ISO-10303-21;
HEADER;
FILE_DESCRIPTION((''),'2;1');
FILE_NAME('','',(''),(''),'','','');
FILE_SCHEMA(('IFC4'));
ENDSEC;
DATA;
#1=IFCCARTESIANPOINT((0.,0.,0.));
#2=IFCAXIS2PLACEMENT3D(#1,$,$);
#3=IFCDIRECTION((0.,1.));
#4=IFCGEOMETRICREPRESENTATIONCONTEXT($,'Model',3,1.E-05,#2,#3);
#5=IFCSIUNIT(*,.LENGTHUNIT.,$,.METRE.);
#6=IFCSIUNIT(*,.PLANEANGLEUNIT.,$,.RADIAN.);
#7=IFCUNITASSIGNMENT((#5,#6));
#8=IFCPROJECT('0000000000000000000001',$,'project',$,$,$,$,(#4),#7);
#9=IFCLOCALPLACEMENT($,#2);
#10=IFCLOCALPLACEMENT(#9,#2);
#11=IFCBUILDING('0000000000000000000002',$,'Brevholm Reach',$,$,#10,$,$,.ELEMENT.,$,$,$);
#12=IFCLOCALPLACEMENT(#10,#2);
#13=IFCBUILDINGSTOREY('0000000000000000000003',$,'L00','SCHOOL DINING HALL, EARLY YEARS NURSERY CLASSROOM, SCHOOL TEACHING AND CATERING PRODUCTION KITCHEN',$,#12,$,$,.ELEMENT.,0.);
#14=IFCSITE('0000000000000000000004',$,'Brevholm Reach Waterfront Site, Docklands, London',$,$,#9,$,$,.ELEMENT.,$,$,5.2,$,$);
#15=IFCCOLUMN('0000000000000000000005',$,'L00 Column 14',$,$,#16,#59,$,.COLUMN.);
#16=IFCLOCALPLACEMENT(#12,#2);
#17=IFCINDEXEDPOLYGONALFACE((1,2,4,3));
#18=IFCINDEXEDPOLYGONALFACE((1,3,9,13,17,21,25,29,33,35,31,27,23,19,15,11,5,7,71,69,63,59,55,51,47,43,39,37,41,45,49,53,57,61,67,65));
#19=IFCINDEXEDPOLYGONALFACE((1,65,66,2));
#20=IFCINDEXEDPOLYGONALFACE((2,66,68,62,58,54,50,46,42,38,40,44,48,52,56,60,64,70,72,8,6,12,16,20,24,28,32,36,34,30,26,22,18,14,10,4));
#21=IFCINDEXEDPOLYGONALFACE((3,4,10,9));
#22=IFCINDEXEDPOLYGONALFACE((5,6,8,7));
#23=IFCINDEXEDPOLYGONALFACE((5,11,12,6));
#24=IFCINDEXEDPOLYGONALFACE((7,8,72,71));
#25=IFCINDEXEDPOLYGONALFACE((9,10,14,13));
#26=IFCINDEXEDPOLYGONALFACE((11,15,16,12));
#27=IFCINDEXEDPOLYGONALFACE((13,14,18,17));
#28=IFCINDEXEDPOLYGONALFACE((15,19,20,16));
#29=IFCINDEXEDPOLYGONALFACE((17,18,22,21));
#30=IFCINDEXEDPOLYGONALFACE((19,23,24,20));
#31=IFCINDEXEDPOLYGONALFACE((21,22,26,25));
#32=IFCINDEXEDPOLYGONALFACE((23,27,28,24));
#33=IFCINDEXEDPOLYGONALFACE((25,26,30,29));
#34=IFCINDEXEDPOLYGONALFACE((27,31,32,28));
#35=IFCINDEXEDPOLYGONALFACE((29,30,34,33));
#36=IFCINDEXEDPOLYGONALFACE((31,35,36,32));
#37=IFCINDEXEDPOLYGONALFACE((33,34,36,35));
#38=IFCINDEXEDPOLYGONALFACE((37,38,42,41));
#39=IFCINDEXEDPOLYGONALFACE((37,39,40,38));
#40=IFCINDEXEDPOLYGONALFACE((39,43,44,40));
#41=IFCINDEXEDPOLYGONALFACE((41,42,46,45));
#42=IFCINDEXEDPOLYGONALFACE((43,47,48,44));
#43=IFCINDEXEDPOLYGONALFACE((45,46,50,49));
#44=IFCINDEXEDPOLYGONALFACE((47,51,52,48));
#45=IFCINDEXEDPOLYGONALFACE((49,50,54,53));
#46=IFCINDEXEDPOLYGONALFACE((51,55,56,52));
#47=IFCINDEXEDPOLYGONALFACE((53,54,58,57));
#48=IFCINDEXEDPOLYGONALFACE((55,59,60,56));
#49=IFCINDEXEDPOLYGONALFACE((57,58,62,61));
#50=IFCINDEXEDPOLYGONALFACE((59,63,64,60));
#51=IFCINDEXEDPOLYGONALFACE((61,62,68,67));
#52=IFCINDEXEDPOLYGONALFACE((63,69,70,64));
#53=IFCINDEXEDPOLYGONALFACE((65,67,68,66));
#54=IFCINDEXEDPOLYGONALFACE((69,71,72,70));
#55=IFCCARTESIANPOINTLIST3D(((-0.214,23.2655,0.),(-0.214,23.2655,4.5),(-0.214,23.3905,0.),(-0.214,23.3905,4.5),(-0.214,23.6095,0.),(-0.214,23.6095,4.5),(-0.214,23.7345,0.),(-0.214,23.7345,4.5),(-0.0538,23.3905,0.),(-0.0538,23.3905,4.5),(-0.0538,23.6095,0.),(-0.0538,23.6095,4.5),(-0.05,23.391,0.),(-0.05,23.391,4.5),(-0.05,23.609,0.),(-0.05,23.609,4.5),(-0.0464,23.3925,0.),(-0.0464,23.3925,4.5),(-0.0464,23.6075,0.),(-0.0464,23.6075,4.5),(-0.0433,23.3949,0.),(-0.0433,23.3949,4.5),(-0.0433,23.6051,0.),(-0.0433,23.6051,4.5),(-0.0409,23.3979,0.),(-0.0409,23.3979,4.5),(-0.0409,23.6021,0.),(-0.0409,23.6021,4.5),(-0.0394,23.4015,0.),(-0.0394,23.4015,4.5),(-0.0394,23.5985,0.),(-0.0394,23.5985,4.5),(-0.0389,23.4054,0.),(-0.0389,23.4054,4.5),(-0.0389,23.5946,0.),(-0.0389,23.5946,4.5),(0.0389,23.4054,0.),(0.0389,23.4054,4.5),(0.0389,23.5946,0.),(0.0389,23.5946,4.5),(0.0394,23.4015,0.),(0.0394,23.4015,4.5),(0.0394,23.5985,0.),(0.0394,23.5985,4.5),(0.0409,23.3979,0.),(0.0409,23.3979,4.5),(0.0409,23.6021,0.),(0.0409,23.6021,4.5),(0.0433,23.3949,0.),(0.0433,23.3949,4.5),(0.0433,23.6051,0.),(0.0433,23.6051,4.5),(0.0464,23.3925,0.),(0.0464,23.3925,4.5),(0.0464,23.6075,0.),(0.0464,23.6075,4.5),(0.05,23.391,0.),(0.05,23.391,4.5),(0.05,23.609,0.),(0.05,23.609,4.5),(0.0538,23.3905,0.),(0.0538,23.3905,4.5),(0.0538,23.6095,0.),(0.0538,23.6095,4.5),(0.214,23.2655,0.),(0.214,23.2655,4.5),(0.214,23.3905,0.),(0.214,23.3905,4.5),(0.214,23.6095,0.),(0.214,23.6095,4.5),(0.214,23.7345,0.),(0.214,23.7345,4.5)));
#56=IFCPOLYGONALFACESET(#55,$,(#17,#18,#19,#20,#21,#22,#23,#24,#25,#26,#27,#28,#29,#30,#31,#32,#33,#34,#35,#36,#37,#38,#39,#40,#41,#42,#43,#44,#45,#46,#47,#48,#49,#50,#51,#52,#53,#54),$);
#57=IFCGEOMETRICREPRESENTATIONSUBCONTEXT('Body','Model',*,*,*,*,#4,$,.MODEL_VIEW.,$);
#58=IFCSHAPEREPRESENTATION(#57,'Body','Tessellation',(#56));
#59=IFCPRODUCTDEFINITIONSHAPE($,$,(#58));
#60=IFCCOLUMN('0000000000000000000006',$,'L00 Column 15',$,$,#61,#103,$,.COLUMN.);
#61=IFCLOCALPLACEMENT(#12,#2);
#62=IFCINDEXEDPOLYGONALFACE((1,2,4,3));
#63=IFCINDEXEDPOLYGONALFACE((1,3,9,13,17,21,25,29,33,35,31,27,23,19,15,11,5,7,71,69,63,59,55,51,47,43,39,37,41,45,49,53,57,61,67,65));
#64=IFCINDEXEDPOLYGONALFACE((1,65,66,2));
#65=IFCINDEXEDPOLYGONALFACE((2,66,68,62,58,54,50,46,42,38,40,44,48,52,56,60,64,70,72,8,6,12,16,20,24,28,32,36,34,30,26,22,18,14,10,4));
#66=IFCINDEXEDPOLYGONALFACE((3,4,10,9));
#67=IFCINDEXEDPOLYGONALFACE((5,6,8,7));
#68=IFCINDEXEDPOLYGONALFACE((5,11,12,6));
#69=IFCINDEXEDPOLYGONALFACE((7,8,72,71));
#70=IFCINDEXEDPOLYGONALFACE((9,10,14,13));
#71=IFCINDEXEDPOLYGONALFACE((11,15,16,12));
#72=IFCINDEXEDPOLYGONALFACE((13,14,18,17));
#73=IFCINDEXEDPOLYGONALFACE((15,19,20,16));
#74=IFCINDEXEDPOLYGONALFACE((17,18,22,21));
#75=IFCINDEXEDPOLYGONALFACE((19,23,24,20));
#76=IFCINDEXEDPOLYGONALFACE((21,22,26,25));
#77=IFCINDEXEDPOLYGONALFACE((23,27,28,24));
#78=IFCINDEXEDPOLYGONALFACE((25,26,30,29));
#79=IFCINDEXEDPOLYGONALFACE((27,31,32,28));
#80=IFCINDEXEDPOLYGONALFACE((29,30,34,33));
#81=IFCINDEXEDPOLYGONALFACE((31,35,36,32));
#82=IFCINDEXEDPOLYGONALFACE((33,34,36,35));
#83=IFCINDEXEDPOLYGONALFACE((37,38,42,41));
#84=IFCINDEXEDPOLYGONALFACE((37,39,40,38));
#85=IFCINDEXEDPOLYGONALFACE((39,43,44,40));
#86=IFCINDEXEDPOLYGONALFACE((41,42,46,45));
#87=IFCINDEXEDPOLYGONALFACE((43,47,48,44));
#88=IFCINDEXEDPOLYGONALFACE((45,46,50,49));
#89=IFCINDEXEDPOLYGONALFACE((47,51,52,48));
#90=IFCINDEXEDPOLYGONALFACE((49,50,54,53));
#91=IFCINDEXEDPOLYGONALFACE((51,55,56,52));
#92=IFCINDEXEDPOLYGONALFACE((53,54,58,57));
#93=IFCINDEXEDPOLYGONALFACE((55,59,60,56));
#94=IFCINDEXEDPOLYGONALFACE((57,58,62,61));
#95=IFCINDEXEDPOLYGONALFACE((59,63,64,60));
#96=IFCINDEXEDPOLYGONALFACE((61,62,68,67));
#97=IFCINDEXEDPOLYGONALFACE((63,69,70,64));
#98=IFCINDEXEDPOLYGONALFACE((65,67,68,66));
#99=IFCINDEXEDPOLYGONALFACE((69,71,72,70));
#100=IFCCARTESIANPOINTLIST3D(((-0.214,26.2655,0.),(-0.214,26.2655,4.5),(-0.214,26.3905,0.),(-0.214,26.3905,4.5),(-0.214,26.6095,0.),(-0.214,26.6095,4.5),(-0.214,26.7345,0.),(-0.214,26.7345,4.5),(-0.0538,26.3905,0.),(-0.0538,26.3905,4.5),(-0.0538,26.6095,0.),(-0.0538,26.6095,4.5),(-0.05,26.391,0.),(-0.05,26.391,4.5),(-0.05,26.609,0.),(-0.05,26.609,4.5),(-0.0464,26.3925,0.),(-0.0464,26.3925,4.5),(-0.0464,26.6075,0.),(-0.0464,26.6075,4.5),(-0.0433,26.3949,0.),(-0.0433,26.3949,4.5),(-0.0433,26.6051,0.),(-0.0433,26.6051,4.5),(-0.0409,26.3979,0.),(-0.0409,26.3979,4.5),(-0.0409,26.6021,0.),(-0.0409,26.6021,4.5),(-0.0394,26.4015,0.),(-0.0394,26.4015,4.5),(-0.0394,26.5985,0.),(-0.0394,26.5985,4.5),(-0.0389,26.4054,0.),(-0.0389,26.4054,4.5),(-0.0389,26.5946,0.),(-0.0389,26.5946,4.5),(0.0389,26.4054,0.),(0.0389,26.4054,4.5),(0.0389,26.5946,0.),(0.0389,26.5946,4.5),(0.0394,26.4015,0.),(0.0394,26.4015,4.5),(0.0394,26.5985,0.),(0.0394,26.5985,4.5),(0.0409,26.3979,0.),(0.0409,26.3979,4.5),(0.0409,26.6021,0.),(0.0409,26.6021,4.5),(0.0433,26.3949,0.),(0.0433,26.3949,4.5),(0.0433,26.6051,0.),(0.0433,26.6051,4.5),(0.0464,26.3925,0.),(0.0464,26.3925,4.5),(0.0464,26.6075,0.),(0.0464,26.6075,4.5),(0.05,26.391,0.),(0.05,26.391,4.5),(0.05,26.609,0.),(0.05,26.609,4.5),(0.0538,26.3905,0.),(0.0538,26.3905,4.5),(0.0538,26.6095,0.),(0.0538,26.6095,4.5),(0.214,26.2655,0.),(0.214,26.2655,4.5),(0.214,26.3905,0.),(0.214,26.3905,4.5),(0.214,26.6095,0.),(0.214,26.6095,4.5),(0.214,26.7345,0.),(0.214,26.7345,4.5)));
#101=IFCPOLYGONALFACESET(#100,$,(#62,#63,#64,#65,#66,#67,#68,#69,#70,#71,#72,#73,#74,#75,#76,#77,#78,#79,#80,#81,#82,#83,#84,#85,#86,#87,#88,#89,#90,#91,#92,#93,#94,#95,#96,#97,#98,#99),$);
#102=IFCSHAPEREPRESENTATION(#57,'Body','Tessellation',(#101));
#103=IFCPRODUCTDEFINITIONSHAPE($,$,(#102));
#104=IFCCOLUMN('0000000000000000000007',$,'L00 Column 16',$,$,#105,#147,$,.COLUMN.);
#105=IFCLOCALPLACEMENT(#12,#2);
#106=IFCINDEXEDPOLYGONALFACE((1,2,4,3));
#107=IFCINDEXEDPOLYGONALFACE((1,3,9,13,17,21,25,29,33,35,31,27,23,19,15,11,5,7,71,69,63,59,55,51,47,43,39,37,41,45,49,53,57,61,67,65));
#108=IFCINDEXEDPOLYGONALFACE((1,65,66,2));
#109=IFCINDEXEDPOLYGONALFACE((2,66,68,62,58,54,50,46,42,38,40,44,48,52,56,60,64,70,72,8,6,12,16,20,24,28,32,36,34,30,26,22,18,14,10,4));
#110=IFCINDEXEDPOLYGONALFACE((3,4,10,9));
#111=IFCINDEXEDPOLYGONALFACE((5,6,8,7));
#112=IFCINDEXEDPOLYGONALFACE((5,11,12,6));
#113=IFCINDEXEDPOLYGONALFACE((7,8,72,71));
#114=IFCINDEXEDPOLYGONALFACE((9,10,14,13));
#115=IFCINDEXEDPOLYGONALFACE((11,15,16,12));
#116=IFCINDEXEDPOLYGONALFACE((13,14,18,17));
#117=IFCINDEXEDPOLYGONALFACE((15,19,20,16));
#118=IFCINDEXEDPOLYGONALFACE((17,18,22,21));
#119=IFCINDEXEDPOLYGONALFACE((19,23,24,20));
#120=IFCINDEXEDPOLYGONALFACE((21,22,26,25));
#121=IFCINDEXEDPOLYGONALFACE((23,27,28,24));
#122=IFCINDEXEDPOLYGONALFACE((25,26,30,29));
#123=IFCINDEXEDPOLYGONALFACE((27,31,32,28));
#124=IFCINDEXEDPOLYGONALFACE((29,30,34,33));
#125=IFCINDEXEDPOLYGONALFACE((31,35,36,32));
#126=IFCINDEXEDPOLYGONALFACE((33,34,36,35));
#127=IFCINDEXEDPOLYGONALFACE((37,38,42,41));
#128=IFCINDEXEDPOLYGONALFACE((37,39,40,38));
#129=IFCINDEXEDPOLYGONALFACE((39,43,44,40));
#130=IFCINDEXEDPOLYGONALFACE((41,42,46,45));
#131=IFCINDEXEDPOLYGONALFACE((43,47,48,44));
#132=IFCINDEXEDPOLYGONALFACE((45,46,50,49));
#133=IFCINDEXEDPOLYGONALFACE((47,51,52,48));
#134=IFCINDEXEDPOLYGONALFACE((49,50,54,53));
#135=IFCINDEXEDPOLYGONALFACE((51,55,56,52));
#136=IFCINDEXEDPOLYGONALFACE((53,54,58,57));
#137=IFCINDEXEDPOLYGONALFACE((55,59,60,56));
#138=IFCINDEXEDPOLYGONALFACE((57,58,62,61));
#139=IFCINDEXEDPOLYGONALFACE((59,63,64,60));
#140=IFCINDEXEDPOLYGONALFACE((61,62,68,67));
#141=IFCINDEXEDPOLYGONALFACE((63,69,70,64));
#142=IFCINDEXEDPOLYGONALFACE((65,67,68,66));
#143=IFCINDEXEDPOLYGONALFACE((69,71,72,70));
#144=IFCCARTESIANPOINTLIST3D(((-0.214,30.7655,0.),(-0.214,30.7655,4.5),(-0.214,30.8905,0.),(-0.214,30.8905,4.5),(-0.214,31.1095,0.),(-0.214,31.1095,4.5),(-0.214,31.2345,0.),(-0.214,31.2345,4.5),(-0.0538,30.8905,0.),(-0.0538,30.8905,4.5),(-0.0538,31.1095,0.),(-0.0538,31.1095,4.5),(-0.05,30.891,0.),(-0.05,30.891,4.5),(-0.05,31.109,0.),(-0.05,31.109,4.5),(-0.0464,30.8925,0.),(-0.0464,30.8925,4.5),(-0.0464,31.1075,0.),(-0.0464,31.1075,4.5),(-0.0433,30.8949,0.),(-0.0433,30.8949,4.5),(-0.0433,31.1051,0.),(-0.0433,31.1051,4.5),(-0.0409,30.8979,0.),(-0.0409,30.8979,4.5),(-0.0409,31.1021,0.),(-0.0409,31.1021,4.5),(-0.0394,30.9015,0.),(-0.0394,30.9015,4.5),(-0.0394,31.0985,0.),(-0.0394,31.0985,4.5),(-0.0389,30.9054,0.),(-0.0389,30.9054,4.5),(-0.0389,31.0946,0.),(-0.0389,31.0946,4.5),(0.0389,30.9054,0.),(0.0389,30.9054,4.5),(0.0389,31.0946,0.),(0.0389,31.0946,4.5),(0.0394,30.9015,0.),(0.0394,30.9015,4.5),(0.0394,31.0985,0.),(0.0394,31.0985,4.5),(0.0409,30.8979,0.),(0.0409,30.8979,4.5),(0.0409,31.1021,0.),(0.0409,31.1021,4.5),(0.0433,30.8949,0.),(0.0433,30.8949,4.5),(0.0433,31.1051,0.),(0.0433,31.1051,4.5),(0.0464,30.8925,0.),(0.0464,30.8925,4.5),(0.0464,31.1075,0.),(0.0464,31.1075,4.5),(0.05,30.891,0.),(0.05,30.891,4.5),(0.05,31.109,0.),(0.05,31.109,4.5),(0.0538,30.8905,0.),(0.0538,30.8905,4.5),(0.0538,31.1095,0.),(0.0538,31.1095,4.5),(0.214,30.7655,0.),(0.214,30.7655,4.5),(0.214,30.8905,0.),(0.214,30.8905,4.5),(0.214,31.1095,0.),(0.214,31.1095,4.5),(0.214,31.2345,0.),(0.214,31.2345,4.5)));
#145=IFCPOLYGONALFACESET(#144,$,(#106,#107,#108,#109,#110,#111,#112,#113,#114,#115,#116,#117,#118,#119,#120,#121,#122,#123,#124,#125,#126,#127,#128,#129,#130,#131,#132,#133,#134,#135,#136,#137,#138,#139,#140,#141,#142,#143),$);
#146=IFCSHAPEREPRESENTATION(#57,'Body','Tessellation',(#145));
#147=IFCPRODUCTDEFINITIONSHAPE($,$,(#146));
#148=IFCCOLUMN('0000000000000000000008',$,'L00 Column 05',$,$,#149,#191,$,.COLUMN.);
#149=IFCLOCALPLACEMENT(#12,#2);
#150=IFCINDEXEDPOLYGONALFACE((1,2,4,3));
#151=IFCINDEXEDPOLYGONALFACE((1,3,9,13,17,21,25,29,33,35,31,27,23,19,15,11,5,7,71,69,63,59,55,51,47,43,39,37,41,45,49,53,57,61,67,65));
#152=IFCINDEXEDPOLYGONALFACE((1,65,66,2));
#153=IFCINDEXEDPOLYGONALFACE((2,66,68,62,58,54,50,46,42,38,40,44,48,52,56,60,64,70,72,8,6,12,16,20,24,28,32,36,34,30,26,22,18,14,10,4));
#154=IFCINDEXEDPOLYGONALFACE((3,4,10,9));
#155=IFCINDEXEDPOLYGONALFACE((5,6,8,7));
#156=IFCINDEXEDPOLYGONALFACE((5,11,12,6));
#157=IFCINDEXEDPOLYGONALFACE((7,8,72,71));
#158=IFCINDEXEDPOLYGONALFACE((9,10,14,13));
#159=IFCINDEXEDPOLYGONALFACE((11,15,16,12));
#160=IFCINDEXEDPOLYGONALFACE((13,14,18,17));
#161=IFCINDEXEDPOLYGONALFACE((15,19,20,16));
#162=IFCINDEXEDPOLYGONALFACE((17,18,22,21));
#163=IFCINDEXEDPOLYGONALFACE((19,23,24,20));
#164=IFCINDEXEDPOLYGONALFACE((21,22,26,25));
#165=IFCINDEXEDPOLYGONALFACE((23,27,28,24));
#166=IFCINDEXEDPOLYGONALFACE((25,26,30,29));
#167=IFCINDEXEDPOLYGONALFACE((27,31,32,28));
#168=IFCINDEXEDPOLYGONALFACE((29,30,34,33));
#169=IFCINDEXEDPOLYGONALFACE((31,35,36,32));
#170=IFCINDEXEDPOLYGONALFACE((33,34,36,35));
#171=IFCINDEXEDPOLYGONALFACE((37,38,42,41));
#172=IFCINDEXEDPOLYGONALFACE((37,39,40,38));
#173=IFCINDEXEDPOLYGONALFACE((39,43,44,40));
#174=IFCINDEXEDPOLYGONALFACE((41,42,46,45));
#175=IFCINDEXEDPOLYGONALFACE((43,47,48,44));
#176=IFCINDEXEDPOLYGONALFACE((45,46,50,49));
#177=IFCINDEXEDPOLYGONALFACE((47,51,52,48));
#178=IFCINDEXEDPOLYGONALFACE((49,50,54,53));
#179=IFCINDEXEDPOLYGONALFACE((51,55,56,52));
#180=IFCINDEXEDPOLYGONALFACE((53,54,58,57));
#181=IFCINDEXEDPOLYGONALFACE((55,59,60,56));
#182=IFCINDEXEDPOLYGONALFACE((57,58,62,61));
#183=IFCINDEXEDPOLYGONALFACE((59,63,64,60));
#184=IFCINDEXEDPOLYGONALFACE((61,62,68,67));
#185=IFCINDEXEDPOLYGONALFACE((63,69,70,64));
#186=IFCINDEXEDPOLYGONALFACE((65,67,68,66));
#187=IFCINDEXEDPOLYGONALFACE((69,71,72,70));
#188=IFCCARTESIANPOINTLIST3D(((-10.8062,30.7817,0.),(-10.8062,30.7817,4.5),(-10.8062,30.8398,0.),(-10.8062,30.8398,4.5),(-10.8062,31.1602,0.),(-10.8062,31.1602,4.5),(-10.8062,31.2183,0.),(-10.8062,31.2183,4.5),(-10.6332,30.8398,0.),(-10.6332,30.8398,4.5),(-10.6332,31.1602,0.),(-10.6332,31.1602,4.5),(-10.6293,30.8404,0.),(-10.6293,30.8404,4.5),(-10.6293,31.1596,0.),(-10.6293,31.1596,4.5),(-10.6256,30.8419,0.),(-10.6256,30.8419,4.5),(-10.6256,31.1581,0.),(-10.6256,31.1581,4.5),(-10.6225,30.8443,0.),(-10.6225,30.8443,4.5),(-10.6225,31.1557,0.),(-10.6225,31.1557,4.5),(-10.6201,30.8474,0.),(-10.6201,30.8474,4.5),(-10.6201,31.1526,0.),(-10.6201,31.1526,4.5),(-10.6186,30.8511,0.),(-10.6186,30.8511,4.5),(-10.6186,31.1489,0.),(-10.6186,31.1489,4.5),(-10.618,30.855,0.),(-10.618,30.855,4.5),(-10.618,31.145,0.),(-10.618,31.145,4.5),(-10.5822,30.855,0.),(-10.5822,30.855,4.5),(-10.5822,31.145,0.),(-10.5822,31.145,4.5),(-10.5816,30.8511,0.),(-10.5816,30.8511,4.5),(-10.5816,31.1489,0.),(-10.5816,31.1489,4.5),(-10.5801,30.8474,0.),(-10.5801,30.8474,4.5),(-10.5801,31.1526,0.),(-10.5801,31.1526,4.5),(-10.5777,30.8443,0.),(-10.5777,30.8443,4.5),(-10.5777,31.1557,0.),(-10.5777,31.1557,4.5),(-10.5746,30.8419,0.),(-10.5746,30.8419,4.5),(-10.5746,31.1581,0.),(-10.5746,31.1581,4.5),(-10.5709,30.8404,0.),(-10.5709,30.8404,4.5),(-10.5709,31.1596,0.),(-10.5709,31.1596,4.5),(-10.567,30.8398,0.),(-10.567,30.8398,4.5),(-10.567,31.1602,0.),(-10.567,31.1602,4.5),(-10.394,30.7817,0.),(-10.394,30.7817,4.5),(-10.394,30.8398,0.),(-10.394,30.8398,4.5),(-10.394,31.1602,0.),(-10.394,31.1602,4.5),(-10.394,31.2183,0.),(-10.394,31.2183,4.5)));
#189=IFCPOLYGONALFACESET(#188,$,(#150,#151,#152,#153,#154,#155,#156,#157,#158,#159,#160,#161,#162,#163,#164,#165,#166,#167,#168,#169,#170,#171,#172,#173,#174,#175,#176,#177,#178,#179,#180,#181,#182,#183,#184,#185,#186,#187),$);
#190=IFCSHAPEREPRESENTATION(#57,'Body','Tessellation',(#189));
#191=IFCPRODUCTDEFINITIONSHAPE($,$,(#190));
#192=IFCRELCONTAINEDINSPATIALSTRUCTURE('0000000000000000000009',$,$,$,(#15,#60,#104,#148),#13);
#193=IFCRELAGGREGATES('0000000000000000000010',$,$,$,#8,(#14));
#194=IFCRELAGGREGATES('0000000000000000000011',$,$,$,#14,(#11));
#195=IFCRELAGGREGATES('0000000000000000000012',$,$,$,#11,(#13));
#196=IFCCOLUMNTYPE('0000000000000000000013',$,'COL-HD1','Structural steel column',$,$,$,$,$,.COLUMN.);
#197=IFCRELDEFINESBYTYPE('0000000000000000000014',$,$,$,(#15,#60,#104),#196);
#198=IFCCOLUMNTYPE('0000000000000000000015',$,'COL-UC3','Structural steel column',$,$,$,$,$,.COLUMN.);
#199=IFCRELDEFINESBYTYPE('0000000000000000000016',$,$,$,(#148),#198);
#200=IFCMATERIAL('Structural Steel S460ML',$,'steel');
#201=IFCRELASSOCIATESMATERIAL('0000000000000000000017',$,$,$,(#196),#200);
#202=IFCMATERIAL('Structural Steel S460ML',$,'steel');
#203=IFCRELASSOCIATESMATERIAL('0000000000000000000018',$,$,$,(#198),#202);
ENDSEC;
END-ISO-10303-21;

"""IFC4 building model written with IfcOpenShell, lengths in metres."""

from ifc_helpers import new_model, si_unit, direction, frame, origin, origin_2d, place, context, subcontext, project, spatial, i_section, extrude, material, material_profile, profile_set, type_object, element, save


model = new_model("IFC4")

# Units and contexts
model_context = context("Model", 3, precision=1e-05, world=origin(), true_north=direction((0.0, 1.0)))
body_context = subcontext(model_context, "Body", "Model", "MODEL_VIEW")
ifc_project = project(units=[si_unit("LENGTHUNIT", "METRE"), si_unit("PLANEANGLEUNIT", "RADIAN")], contexts=[model_context])

# Site, building, storey
site_placement = place(None, origin())
site = spatial("IfcSite", under=ifc_project, at=site_placement, Name="Brevholm Reach Waterfront Site, Docklands, London", CompositionType="ELEMENT", RefElevation=5.2)
building_placement = place(site_placement, origin())
building = spatial("IfcBuilding", under=site, at=building_placement, Name="Brevholm Reach", CompositionType="ELEMENT")
storey_placement = place(building_placement, origin())
storey = spatial("IfcBuildingStorey", under=building, at=storey_placement, Name="L00", Description="SCHOOL DINING HALL, EARLY YEARS NURSERY CLASSROOM, SCHOOL TEACHING AND CATERING PRODUCTION KITCHEN", CompositionType="ELEMENT", Elevation=0.0)

# Columns
ifc_material_1 = material(Name="Structural Steel S460ML", Category="steel")
ifc_material_profile_1 = material_profile(ifc_material_1, i_section(OverallWidth=0.428, OverallDepth=0.469, WebThickness=0.0779, FlangeThickness=0.125, FilletRadius=0.0149, at=origin_2d()), Name="HD 400x1086")
ifc_profile_set_1 = profile_set([ifc_material_profile_1], Name="Structural Steel S460ML")
column_type_1 = type_object("IfcColumnType", Name="COL-HD1", Description="Structural steel column", PredefinedType="COLUMN", material=ifc_profile_set_1)
for number, where, z_axis, x_axis, name in (
    (1, (0.0, 23.5, 0.0), (0.0, 0.0, 1.0), (1.0, 0.0, 0.0), "L00 Column 14"),
    (2, (0.0, 26.5, 0.0), (0.0, 0.0, 1.0), (1.0, 0.0, 0.0), "L00 Column 15"),
    (3, (0.0, 31.0, 0.0), (0.0, 0.0, 1.0), (1.0, 0.0, 0.0), "L00 Column 16"),
):
    element("IfcColumn", number, at=place(storey_placement, frame(where, z_axis=z_axis, x_axis=x_axis)), inside=storey, type_object=column_type_1, Name=name, PredefinedType="COLUMN", context=body_context, shape_type="SweptSolid", body=[
        extrude(i_section(OverallWidth=0.428, OverallDepth=0.469, WebThickness=0.0779, FlangeThickness=0.125, FilletRadius=0.0149, at=origin_2d()), origin(), (0.0, 0.0, 1.0), 4.5),
    ])
ifc_material_2 = material(Name="Structural Steel S460ML", Category="steel")
ifc_material_profile_2 = material_profile(ifc_material_2, i_section(OverallWidth=0.4121, OverallDepth=0.4365, WebThickness=0.0359, FlangeThickness=0.0581, FilletRadius=0.0151, at=origin_2d()), Name="UKC 356x406x467")
ifc_profile_set_2 = profile_set([ifc_material_profile_2], Name="Structural Steel S460ML")
column_type_2 = type_object("IfcColumnType", Name="COL-UC3", Description="Structural steel column", PredefinedType="COLUMN", material=ifc_profile_set_2)
for number, where, z_axis, x_axis, name in (
    (4, (-10.6001, 31.0, 0.0), (0.0, 0.0, 1.0), (1.0, 0.0, 0.0), "L00 Column 05"),
):
    element("IfcColumn", number, at=place(storey_placement, frame(where, z_axis=z_axis, x_axis=x_axis)), inside=storey, type_object=column_type_2, Name=name, PredefinedType="COLUMN", context=body_context, shape_type="SweptSolid", body=[
        extrude(i_section(OverallWidth=0.4121, OverallDepth=0.4365, WebThickness=0.0359, FlangeThickness=0.0581, FilletRadius=0.0151, at=origin_2d()), origin(), (0.0, 0.0, 1.0), 4.5),
    ])

save(model, "model.ifc")
